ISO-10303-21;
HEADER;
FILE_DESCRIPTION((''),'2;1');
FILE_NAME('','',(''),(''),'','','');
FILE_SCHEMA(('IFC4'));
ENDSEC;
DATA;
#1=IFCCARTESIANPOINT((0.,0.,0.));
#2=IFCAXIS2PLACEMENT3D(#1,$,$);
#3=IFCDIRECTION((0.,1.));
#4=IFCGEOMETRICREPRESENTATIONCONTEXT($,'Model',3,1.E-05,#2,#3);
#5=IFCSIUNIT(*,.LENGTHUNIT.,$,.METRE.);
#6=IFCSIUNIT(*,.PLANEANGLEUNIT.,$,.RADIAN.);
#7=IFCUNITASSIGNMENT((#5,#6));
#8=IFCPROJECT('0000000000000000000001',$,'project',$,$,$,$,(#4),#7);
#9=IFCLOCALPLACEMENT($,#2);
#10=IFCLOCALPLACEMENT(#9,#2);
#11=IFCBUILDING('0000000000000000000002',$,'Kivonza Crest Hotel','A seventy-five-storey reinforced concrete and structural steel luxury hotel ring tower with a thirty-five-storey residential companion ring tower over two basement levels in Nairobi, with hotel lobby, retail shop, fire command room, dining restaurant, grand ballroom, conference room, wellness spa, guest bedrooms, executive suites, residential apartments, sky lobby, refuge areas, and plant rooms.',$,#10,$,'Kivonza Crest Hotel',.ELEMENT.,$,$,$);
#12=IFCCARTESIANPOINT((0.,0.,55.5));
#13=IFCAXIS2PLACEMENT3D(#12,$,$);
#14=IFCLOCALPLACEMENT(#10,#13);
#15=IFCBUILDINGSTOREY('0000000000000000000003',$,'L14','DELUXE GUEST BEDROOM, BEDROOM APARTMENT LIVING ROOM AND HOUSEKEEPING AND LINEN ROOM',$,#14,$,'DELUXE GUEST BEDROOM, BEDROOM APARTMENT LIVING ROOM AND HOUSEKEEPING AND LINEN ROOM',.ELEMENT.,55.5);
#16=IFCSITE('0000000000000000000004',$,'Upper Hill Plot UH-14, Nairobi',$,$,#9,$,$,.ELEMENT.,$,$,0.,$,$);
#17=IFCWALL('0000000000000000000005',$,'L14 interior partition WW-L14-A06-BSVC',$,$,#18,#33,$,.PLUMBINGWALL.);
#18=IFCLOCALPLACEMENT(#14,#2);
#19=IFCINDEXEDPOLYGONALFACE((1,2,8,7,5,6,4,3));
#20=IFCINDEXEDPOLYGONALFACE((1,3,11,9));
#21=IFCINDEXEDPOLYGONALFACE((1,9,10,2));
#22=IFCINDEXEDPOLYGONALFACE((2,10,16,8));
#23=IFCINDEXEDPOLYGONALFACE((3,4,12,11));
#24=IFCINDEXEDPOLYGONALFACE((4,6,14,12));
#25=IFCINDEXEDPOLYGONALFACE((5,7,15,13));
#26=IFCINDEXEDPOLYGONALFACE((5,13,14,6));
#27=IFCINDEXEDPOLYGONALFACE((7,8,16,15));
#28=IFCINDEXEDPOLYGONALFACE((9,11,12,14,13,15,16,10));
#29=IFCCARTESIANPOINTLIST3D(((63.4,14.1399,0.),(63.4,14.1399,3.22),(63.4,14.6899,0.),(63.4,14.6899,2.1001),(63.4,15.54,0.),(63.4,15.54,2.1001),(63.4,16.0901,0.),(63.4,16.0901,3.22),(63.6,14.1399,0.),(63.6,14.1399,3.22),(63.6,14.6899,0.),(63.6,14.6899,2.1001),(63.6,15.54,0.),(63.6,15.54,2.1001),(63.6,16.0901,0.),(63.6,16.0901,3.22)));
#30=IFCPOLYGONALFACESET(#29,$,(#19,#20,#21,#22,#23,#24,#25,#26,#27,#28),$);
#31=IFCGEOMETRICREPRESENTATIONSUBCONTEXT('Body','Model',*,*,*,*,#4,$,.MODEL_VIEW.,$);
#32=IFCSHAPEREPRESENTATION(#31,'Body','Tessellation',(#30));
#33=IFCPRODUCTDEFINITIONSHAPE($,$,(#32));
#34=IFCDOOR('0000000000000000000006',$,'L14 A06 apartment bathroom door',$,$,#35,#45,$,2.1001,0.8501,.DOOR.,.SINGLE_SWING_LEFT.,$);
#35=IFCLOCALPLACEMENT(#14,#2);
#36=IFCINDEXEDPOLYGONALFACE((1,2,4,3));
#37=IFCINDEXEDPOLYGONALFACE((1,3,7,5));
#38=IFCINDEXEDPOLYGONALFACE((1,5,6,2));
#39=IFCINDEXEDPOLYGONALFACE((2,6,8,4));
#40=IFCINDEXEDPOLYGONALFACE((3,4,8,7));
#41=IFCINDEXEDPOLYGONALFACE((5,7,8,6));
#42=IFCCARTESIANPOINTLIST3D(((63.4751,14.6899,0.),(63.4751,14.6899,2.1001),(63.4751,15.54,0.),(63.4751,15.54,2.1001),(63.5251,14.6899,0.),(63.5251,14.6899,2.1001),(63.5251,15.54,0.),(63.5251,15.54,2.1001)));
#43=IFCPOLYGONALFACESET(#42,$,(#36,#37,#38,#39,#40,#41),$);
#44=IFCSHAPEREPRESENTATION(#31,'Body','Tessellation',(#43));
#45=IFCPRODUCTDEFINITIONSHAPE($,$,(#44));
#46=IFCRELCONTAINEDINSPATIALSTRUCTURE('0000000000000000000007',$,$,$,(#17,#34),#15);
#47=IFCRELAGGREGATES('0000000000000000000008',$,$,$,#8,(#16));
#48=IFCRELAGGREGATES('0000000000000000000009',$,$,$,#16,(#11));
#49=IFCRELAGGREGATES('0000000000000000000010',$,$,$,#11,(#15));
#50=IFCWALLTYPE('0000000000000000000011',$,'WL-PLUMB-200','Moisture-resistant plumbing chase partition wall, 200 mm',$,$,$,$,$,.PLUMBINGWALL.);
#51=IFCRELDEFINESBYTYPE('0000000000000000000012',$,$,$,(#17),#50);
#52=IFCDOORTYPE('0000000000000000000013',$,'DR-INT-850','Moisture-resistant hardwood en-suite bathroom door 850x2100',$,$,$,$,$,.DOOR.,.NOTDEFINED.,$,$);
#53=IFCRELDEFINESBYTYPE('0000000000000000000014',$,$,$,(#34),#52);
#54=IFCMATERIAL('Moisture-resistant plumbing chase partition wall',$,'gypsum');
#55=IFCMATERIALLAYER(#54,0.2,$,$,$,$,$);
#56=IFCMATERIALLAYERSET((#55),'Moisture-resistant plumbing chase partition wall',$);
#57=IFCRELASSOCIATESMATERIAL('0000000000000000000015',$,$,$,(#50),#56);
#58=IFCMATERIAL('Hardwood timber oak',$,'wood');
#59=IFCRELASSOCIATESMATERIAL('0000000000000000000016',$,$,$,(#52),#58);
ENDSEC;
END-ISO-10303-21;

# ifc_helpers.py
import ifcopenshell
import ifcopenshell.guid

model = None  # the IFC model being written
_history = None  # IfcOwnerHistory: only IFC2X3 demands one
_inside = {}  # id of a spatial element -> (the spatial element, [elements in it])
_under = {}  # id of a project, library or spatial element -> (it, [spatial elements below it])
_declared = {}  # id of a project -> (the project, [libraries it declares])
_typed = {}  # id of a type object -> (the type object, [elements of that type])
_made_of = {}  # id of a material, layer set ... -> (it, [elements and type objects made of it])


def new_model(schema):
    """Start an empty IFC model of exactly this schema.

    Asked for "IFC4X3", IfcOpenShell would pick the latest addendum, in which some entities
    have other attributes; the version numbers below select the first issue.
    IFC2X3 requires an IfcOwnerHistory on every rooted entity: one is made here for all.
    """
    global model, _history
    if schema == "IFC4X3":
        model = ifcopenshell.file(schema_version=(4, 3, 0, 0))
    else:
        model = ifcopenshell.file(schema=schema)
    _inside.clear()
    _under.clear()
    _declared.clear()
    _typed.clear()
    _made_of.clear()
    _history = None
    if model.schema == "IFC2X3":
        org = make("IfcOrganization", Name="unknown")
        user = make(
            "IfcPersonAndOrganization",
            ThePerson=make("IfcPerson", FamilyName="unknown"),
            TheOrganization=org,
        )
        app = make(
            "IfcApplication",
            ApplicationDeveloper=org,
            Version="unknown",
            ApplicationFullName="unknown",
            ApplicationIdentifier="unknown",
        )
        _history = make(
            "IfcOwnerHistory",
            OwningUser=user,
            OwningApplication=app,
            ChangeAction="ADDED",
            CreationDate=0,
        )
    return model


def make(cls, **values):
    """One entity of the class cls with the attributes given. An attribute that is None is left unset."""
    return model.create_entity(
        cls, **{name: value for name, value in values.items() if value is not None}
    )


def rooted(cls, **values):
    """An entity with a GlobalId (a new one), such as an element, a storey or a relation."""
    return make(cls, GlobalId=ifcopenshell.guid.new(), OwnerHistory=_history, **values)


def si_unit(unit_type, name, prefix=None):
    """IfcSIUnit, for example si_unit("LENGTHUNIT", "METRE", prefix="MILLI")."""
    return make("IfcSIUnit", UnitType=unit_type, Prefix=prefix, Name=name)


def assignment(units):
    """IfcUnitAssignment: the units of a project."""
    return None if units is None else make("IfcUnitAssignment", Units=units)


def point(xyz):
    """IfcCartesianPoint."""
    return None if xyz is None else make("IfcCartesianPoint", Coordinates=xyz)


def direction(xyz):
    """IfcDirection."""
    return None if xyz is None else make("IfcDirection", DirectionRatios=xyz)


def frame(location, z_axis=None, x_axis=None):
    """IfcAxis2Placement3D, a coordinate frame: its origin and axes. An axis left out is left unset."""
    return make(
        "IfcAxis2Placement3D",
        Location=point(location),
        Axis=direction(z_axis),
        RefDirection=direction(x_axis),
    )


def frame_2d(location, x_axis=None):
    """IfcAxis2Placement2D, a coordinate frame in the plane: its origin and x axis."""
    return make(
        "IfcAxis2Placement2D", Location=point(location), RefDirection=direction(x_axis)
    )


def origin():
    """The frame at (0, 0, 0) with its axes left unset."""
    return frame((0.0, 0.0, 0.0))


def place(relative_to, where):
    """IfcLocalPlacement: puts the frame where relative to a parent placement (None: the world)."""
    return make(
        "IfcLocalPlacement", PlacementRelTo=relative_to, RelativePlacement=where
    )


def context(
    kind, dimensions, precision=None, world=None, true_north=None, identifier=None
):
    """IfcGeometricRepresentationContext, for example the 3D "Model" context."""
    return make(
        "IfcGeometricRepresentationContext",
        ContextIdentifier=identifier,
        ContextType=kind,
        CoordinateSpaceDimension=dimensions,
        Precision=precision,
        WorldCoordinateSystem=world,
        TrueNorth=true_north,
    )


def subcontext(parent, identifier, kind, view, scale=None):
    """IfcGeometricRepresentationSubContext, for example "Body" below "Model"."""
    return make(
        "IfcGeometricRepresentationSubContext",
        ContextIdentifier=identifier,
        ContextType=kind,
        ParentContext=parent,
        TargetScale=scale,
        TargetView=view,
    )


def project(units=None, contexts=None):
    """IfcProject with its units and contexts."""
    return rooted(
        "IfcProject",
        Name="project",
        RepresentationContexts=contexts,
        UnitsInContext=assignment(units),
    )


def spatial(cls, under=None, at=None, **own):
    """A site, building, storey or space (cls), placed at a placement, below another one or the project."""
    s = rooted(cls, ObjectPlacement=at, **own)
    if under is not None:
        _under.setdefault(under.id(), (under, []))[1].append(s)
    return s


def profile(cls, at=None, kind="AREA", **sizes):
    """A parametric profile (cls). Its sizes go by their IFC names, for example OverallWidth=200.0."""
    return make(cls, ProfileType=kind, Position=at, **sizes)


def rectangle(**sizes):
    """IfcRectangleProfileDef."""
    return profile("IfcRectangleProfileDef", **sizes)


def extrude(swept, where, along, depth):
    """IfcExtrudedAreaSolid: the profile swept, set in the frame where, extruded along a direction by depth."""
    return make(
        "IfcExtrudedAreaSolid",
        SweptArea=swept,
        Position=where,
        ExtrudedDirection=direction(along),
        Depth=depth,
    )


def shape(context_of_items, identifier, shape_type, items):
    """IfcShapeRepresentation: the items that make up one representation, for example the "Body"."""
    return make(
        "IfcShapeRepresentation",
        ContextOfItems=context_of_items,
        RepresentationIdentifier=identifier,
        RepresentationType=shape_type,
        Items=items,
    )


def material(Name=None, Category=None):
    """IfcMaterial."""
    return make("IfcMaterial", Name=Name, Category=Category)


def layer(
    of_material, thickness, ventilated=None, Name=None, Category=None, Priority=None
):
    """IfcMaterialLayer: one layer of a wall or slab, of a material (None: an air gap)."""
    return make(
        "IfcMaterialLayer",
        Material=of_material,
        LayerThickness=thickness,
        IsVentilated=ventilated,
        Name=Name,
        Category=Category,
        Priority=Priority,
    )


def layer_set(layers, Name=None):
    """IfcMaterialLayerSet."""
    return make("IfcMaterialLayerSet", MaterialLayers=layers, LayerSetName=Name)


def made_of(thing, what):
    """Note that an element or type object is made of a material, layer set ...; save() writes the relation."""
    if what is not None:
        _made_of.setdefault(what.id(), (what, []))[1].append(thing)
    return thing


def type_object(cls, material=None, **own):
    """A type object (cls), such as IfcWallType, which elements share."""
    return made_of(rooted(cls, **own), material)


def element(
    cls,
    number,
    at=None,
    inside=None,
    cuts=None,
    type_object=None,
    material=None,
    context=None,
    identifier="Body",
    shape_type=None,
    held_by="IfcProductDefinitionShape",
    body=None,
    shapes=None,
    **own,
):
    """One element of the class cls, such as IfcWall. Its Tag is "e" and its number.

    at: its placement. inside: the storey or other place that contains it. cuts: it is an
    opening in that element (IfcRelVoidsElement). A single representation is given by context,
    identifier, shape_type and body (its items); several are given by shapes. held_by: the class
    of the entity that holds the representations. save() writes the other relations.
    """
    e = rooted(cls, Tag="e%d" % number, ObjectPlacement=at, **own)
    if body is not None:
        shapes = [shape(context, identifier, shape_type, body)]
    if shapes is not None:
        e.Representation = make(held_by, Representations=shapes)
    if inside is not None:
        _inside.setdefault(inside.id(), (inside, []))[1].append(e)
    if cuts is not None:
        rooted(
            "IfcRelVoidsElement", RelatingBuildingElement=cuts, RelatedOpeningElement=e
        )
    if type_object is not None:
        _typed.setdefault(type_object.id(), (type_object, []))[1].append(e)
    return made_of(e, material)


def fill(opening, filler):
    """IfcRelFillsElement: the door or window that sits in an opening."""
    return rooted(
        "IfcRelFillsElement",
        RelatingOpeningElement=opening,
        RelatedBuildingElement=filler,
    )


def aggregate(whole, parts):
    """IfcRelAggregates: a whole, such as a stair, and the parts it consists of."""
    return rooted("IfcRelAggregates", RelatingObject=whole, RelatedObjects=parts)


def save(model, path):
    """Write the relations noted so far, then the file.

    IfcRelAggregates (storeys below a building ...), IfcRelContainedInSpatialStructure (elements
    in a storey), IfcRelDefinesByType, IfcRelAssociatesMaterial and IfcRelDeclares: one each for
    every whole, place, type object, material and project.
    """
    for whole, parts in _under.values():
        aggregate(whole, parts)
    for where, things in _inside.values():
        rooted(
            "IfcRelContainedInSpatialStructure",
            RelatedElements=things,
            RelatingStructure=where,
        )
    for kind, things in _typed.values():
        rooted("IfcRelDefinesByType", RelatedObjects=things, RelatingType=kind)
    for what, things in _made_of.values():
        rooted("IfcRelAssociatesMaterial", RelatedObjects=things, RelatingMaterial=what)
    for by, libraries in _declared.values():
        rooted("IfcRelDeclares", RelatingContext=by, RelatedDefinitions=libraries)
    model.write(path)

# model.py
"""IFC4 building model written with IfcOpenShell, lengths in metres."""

from ifc_helpers import new_model, si_unit, direction, frame, frame_2d, origin, place, context, subcontext, project, spatial, rectangle, extrude, material, layer, layer_set, type_object, element, fill, save


model = new_model("IFC4")

# Units and contexts
model_context = context("Model", 3, precision=1e-05, world=origin(), true_north=direction((0.0, 1.0)))
body_context = subcontext(model_context, "Body", "Model", "MODEL_VIEW")
ifc_project = project(units=[si_unit("LENGTHUNIT", "METRE"), si_unit("PLANEANGLEUNIT", "RADIAN")], contexts=[model_context])

# Site, building, storey
site_placement = place(None, origin())
site = spatial("IfcSite", under=ifc_project, at=site_placement, Name="Upper Hill Plot UH-14, Nairobi", CompositionType="ELEMENT", RefElevation=0.0)
building_placement = place(site_placement, origin())
building = spatial("IfcBuilding", under=site, at=building_placement, Name="Kivonza Crest Hotel", Description="A seventy-five-storey reinforced concrete and structural steel luxury hotel ring tower with a thirty-five-storey residential companion ring tower over two basement levels in Nairobi, with hotel lobby, retail shop, fire command room, dining restaurant, grand ballroom, conference room, wellness spa, guest bedrooms, executive suites, residential apartments, sky lobby, refuge areas, and plant rooms.", LongName="Kivonza Crest Hotel", CompositionType="ELEMENT")
storey_placement = place(building_placement, frame((0.0, 0.0, 55.5)))
storey = spatial("IfcBuildingStorey", under=building, at=storey_placement, Name="L14", Description="DELUXE GUEST BEDROOM, BEDROOM APARTMENT LIVING ROOM AND HOUSEKEEPING AND LINEN ROOM", LongName="DELUXE GUEST BEDROOM, BEDROOM APARTMENT LIVING ROOM AND HOUSEKEEPING AND LINEN ROOM", CompositionType="ELEMENT", Elevation=55.5)

# Shared definitions
ifc_material_1 = material(Name="Hardwood timber oak", Category="wood")

# Shared definitions
ifc_material_2 = material(Name="Moisture-resistant plumbing chase partition wall", Category="gypsum")
ifc_layer_1 = layer(ifc_material_2, 0.2)
ifc_layer_set_1 = layer_set([ifc_layer_1], Name="Moisture-resistant plumbing chase partition wall")
wall_type_1 = type_object("IfcWallType", Name="WL-PLUMB-200", Description="Moisture-resistant plumbing chase partition wall, 200 mm", PredefinedType="PLUMBINGWALL", material=ifc_layer_set_1)

# Wall, opening, door
wall_1_placement = place(storey_placement, frame((63.5, 14.1399, 0.0), z_axis=(0.0, 0.0, 1.0), x_axis=(0.0, 1.0, 0.0)))
wall_1 = element("IfcWall", 1, at=wall_1_placement, inside=storey, type_object=wall_type_1, Name="L14 interior partition WW-L14-A06-BSVC", PredefinedType="PLUMBINGWALL", context=body_context, shape_type="SweptSolid", body=[
    extrude(rectangle(XDim=1.9502, YDim=0.2, at=frame_2d((0.9751, 0.0))), origin(), (0.0, 0.0, 1.0), 3.22),
])
opening_1_placement = place(wall_1_placement, frame((0.55, 0.0, 0.0)))
opening_1 = element("IfcOpeningElement", 2, at=opening_1_placement, cuts=wall_1, PredefinedType="OPENING", context=body_context, shape_type="SweptSolid", body=[
    extrude(rectangle(XDim=0.8501, YDim=2.1001, at=frame_2d((0.425, 1.05))), frame((0.0, 0.1099, 0.0), z_axis=(0.0, -1.0, 0.0), x_axis=(1.0, 0.0, 0.0)), (0.0, 0.0, 1.0), 0.22),
])
door_type_1 = type_object("IfcDoorType", Name="DR-INT-850", Description="Moisture-resistant hardwood en-suite bathroom door 850x2100", OperationType="NOTDEFINED", PredefinedType="DOOR", material=ifc_material_1)
door_1_placement = place(opening_1_placement, origin())
door_1 = element("IfcDoor", 3, at=door_1_placement, inside=storey, type_object=door_type_1, Name="L14 A06 apartment bathroom door", OperationType="SINGLE_SWING_LEFT", OverallHeight=2.1001, OverallWidth=0.8501, PredefinedType="DOOR", context=body_context, shape_type="SweptSolid", body=[
    extrude(rectangle(XDim=0.8501, YDim=2.1001, at=frame_2d((0.425, 1.05))), frame((0.0, 0.0249, 0.0), z_axis=(0.0, -1.0, 0.0), x_axis=(1.0, 0.0, 0.0)), (0.0, 0.0, 1.0), 0.05),
])
fill(opening_1, door_1)

save(model, "model.ifc")
